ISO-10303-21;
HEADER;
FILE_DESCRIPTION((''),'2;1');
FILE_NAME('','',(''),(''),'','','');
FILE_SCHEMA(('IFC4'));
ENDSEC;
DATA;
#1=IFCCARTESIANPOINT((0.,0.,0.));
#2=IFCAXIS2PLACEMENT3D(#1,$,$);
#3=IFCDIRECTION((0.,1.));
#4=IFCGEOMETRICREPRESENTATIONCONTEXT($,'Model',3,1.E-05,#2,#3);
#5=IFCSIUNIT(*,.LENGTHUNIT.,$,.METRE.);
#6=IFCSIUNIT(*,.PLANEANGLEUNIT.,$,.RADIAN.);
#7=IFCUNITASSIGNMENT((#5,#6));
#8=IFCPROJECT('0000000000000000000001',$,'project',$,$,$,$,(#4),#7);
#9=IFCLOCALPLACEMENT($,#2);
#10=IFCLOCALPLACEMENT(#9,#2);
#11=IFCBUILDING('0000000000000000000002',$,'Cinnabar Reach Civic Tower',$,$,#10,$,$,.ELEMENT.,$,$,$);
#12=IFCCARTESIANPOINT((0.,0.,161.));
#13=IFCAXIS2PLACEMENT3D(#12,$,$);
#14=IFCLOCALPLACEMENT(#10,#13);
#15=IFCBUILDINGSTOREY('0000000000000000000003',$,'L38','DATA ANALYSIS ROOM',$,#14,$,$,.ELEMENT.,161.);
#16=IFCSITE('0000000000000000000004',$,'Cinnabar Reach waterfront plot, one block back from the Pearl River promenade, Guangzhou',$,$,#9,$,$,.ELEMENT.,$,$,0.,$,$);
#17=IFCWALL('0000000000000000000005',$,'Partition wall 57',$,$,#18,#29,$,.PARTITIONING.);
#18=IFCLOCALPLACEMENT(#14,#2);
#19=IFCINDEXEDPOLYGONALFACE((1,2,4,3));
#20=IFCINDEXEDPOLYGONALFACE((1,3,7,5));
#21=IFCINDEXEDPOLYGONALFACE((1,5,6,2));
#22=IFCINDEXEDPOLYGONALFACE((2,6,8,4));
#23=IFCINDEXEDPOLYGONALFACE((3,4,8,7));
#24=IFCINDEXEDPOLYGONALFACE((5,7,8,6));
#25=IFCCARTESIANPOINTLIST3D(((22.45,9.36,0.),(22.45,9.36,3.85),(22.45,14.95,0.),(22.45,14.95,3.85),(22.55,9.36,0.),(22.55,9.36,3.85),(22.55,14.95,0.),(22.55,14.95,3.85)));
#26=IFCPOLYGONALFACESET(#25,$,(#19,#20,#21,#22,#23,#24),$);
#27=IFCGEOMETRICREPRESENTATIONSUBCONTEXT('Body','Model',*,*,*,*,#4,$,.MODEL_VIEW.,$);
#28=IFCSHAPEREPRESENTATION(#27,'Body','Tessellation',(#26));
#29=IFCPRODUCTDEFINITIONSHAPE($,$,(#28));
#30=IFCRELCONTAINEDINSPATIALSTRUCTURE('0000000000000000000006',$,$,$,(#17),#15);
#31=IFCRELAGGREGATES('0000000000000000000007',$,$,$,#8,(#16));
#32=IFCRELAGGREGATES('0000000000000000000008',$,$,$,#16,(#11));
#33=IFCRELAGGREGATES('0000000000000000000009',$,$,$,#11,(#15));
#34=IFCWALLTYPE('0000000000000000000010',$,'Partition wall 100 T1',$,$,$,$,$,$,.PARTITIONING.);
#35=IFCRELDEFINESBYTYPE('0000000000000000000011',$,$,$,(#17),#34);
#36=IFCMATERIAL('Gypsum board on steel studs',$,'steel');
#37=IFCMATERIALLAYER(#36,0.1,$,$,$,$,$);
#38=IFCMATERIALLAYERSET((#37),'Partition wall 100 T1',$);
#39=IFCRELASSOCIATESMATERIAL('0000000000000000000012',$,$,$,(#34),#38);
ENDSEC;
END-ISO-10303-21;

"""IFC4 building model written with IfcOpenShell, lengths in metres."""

from ifc_helpers import new_model, si_unit, direction, frame, frame_2d, origin, place, context, subcontext, project, spatial, rectangle, extrude, material, layer, layer_set, type_object, element, save


model = new_model("IFC4")

# Units and contexts
model_context = context("Model", 3, precision=1e-05, world=origin(), true_north=direction((0.0, 1.0)))
body_context = subcontext(model_context, "Body", "Model", "MODEL_VIEW")
ifc_project = project(units=[si_unit("LENGTHUNIT", "METRE"), si_unit("PLANEANGLEUNIT", "RADIAN")], contexts=[model_context])

# Site, building, storey
site_placement = place(None, origin())
site = spatial("IfcSite", under=ifc_project, at=site_placement, Name="Cinnabar Reach waterfront plot, one block back from the Pearl River promenade, Guangzhou", CompositionType="ELEMENT", RefElevation=0.0)
building_placement = place(site_placement, origin())
building = spatial("IfcBuilding", under=site, at=building_placement, Name="Cinnabar Reach Civic Tower", CompositionType="ELEMENT")
storey_placement = place(building_placement, frame((0.0, 0.0, 161.0)))
storey = spatial("IfcBuildingStorey", under=building, at=storey_placement, Name="L38", Description="DATA ANALYSIS ROOM", CompositionType="ELEMENT", Elevation=161.0)

# Wall
ifc_material_1 = material(Name="Gypsum board on steel studs", Category="steel")
ifc_layer_1 = layer(ifc_material_1, 0.1)
ifc_layer_set_1 = layer_set([ifc_layer_1], Name="Partition wall 100 T1")
wall_type_1 = type_object("IfcWallType", Name="Partition wall 100 T1", PredefinedType="PARTITIONING", material=ifc_layer_set_1)
wall_1_placement = place(storey_placement, frame((22.5, 9.36, 0.0), z_axis=(0.0, 0.0, 1.0), x_axis=(0.0, 1.0, 0.0)))
element("IfcWall", 1, at=wall_1_placement, inside=storey, type_object=wall_type_1, Name="Partition wall 57", PredefinedType="PARTITIONING", context=body_context, shape_type="SweptSolid", body=[
    extrude(rectangle(XDim=5.59, YDim=0.1, at=frame_2d((2.795, 0.0))), origin(), (0.0, 0.0, 1.0), 3.85),
])

save(model, "model.ifc")
